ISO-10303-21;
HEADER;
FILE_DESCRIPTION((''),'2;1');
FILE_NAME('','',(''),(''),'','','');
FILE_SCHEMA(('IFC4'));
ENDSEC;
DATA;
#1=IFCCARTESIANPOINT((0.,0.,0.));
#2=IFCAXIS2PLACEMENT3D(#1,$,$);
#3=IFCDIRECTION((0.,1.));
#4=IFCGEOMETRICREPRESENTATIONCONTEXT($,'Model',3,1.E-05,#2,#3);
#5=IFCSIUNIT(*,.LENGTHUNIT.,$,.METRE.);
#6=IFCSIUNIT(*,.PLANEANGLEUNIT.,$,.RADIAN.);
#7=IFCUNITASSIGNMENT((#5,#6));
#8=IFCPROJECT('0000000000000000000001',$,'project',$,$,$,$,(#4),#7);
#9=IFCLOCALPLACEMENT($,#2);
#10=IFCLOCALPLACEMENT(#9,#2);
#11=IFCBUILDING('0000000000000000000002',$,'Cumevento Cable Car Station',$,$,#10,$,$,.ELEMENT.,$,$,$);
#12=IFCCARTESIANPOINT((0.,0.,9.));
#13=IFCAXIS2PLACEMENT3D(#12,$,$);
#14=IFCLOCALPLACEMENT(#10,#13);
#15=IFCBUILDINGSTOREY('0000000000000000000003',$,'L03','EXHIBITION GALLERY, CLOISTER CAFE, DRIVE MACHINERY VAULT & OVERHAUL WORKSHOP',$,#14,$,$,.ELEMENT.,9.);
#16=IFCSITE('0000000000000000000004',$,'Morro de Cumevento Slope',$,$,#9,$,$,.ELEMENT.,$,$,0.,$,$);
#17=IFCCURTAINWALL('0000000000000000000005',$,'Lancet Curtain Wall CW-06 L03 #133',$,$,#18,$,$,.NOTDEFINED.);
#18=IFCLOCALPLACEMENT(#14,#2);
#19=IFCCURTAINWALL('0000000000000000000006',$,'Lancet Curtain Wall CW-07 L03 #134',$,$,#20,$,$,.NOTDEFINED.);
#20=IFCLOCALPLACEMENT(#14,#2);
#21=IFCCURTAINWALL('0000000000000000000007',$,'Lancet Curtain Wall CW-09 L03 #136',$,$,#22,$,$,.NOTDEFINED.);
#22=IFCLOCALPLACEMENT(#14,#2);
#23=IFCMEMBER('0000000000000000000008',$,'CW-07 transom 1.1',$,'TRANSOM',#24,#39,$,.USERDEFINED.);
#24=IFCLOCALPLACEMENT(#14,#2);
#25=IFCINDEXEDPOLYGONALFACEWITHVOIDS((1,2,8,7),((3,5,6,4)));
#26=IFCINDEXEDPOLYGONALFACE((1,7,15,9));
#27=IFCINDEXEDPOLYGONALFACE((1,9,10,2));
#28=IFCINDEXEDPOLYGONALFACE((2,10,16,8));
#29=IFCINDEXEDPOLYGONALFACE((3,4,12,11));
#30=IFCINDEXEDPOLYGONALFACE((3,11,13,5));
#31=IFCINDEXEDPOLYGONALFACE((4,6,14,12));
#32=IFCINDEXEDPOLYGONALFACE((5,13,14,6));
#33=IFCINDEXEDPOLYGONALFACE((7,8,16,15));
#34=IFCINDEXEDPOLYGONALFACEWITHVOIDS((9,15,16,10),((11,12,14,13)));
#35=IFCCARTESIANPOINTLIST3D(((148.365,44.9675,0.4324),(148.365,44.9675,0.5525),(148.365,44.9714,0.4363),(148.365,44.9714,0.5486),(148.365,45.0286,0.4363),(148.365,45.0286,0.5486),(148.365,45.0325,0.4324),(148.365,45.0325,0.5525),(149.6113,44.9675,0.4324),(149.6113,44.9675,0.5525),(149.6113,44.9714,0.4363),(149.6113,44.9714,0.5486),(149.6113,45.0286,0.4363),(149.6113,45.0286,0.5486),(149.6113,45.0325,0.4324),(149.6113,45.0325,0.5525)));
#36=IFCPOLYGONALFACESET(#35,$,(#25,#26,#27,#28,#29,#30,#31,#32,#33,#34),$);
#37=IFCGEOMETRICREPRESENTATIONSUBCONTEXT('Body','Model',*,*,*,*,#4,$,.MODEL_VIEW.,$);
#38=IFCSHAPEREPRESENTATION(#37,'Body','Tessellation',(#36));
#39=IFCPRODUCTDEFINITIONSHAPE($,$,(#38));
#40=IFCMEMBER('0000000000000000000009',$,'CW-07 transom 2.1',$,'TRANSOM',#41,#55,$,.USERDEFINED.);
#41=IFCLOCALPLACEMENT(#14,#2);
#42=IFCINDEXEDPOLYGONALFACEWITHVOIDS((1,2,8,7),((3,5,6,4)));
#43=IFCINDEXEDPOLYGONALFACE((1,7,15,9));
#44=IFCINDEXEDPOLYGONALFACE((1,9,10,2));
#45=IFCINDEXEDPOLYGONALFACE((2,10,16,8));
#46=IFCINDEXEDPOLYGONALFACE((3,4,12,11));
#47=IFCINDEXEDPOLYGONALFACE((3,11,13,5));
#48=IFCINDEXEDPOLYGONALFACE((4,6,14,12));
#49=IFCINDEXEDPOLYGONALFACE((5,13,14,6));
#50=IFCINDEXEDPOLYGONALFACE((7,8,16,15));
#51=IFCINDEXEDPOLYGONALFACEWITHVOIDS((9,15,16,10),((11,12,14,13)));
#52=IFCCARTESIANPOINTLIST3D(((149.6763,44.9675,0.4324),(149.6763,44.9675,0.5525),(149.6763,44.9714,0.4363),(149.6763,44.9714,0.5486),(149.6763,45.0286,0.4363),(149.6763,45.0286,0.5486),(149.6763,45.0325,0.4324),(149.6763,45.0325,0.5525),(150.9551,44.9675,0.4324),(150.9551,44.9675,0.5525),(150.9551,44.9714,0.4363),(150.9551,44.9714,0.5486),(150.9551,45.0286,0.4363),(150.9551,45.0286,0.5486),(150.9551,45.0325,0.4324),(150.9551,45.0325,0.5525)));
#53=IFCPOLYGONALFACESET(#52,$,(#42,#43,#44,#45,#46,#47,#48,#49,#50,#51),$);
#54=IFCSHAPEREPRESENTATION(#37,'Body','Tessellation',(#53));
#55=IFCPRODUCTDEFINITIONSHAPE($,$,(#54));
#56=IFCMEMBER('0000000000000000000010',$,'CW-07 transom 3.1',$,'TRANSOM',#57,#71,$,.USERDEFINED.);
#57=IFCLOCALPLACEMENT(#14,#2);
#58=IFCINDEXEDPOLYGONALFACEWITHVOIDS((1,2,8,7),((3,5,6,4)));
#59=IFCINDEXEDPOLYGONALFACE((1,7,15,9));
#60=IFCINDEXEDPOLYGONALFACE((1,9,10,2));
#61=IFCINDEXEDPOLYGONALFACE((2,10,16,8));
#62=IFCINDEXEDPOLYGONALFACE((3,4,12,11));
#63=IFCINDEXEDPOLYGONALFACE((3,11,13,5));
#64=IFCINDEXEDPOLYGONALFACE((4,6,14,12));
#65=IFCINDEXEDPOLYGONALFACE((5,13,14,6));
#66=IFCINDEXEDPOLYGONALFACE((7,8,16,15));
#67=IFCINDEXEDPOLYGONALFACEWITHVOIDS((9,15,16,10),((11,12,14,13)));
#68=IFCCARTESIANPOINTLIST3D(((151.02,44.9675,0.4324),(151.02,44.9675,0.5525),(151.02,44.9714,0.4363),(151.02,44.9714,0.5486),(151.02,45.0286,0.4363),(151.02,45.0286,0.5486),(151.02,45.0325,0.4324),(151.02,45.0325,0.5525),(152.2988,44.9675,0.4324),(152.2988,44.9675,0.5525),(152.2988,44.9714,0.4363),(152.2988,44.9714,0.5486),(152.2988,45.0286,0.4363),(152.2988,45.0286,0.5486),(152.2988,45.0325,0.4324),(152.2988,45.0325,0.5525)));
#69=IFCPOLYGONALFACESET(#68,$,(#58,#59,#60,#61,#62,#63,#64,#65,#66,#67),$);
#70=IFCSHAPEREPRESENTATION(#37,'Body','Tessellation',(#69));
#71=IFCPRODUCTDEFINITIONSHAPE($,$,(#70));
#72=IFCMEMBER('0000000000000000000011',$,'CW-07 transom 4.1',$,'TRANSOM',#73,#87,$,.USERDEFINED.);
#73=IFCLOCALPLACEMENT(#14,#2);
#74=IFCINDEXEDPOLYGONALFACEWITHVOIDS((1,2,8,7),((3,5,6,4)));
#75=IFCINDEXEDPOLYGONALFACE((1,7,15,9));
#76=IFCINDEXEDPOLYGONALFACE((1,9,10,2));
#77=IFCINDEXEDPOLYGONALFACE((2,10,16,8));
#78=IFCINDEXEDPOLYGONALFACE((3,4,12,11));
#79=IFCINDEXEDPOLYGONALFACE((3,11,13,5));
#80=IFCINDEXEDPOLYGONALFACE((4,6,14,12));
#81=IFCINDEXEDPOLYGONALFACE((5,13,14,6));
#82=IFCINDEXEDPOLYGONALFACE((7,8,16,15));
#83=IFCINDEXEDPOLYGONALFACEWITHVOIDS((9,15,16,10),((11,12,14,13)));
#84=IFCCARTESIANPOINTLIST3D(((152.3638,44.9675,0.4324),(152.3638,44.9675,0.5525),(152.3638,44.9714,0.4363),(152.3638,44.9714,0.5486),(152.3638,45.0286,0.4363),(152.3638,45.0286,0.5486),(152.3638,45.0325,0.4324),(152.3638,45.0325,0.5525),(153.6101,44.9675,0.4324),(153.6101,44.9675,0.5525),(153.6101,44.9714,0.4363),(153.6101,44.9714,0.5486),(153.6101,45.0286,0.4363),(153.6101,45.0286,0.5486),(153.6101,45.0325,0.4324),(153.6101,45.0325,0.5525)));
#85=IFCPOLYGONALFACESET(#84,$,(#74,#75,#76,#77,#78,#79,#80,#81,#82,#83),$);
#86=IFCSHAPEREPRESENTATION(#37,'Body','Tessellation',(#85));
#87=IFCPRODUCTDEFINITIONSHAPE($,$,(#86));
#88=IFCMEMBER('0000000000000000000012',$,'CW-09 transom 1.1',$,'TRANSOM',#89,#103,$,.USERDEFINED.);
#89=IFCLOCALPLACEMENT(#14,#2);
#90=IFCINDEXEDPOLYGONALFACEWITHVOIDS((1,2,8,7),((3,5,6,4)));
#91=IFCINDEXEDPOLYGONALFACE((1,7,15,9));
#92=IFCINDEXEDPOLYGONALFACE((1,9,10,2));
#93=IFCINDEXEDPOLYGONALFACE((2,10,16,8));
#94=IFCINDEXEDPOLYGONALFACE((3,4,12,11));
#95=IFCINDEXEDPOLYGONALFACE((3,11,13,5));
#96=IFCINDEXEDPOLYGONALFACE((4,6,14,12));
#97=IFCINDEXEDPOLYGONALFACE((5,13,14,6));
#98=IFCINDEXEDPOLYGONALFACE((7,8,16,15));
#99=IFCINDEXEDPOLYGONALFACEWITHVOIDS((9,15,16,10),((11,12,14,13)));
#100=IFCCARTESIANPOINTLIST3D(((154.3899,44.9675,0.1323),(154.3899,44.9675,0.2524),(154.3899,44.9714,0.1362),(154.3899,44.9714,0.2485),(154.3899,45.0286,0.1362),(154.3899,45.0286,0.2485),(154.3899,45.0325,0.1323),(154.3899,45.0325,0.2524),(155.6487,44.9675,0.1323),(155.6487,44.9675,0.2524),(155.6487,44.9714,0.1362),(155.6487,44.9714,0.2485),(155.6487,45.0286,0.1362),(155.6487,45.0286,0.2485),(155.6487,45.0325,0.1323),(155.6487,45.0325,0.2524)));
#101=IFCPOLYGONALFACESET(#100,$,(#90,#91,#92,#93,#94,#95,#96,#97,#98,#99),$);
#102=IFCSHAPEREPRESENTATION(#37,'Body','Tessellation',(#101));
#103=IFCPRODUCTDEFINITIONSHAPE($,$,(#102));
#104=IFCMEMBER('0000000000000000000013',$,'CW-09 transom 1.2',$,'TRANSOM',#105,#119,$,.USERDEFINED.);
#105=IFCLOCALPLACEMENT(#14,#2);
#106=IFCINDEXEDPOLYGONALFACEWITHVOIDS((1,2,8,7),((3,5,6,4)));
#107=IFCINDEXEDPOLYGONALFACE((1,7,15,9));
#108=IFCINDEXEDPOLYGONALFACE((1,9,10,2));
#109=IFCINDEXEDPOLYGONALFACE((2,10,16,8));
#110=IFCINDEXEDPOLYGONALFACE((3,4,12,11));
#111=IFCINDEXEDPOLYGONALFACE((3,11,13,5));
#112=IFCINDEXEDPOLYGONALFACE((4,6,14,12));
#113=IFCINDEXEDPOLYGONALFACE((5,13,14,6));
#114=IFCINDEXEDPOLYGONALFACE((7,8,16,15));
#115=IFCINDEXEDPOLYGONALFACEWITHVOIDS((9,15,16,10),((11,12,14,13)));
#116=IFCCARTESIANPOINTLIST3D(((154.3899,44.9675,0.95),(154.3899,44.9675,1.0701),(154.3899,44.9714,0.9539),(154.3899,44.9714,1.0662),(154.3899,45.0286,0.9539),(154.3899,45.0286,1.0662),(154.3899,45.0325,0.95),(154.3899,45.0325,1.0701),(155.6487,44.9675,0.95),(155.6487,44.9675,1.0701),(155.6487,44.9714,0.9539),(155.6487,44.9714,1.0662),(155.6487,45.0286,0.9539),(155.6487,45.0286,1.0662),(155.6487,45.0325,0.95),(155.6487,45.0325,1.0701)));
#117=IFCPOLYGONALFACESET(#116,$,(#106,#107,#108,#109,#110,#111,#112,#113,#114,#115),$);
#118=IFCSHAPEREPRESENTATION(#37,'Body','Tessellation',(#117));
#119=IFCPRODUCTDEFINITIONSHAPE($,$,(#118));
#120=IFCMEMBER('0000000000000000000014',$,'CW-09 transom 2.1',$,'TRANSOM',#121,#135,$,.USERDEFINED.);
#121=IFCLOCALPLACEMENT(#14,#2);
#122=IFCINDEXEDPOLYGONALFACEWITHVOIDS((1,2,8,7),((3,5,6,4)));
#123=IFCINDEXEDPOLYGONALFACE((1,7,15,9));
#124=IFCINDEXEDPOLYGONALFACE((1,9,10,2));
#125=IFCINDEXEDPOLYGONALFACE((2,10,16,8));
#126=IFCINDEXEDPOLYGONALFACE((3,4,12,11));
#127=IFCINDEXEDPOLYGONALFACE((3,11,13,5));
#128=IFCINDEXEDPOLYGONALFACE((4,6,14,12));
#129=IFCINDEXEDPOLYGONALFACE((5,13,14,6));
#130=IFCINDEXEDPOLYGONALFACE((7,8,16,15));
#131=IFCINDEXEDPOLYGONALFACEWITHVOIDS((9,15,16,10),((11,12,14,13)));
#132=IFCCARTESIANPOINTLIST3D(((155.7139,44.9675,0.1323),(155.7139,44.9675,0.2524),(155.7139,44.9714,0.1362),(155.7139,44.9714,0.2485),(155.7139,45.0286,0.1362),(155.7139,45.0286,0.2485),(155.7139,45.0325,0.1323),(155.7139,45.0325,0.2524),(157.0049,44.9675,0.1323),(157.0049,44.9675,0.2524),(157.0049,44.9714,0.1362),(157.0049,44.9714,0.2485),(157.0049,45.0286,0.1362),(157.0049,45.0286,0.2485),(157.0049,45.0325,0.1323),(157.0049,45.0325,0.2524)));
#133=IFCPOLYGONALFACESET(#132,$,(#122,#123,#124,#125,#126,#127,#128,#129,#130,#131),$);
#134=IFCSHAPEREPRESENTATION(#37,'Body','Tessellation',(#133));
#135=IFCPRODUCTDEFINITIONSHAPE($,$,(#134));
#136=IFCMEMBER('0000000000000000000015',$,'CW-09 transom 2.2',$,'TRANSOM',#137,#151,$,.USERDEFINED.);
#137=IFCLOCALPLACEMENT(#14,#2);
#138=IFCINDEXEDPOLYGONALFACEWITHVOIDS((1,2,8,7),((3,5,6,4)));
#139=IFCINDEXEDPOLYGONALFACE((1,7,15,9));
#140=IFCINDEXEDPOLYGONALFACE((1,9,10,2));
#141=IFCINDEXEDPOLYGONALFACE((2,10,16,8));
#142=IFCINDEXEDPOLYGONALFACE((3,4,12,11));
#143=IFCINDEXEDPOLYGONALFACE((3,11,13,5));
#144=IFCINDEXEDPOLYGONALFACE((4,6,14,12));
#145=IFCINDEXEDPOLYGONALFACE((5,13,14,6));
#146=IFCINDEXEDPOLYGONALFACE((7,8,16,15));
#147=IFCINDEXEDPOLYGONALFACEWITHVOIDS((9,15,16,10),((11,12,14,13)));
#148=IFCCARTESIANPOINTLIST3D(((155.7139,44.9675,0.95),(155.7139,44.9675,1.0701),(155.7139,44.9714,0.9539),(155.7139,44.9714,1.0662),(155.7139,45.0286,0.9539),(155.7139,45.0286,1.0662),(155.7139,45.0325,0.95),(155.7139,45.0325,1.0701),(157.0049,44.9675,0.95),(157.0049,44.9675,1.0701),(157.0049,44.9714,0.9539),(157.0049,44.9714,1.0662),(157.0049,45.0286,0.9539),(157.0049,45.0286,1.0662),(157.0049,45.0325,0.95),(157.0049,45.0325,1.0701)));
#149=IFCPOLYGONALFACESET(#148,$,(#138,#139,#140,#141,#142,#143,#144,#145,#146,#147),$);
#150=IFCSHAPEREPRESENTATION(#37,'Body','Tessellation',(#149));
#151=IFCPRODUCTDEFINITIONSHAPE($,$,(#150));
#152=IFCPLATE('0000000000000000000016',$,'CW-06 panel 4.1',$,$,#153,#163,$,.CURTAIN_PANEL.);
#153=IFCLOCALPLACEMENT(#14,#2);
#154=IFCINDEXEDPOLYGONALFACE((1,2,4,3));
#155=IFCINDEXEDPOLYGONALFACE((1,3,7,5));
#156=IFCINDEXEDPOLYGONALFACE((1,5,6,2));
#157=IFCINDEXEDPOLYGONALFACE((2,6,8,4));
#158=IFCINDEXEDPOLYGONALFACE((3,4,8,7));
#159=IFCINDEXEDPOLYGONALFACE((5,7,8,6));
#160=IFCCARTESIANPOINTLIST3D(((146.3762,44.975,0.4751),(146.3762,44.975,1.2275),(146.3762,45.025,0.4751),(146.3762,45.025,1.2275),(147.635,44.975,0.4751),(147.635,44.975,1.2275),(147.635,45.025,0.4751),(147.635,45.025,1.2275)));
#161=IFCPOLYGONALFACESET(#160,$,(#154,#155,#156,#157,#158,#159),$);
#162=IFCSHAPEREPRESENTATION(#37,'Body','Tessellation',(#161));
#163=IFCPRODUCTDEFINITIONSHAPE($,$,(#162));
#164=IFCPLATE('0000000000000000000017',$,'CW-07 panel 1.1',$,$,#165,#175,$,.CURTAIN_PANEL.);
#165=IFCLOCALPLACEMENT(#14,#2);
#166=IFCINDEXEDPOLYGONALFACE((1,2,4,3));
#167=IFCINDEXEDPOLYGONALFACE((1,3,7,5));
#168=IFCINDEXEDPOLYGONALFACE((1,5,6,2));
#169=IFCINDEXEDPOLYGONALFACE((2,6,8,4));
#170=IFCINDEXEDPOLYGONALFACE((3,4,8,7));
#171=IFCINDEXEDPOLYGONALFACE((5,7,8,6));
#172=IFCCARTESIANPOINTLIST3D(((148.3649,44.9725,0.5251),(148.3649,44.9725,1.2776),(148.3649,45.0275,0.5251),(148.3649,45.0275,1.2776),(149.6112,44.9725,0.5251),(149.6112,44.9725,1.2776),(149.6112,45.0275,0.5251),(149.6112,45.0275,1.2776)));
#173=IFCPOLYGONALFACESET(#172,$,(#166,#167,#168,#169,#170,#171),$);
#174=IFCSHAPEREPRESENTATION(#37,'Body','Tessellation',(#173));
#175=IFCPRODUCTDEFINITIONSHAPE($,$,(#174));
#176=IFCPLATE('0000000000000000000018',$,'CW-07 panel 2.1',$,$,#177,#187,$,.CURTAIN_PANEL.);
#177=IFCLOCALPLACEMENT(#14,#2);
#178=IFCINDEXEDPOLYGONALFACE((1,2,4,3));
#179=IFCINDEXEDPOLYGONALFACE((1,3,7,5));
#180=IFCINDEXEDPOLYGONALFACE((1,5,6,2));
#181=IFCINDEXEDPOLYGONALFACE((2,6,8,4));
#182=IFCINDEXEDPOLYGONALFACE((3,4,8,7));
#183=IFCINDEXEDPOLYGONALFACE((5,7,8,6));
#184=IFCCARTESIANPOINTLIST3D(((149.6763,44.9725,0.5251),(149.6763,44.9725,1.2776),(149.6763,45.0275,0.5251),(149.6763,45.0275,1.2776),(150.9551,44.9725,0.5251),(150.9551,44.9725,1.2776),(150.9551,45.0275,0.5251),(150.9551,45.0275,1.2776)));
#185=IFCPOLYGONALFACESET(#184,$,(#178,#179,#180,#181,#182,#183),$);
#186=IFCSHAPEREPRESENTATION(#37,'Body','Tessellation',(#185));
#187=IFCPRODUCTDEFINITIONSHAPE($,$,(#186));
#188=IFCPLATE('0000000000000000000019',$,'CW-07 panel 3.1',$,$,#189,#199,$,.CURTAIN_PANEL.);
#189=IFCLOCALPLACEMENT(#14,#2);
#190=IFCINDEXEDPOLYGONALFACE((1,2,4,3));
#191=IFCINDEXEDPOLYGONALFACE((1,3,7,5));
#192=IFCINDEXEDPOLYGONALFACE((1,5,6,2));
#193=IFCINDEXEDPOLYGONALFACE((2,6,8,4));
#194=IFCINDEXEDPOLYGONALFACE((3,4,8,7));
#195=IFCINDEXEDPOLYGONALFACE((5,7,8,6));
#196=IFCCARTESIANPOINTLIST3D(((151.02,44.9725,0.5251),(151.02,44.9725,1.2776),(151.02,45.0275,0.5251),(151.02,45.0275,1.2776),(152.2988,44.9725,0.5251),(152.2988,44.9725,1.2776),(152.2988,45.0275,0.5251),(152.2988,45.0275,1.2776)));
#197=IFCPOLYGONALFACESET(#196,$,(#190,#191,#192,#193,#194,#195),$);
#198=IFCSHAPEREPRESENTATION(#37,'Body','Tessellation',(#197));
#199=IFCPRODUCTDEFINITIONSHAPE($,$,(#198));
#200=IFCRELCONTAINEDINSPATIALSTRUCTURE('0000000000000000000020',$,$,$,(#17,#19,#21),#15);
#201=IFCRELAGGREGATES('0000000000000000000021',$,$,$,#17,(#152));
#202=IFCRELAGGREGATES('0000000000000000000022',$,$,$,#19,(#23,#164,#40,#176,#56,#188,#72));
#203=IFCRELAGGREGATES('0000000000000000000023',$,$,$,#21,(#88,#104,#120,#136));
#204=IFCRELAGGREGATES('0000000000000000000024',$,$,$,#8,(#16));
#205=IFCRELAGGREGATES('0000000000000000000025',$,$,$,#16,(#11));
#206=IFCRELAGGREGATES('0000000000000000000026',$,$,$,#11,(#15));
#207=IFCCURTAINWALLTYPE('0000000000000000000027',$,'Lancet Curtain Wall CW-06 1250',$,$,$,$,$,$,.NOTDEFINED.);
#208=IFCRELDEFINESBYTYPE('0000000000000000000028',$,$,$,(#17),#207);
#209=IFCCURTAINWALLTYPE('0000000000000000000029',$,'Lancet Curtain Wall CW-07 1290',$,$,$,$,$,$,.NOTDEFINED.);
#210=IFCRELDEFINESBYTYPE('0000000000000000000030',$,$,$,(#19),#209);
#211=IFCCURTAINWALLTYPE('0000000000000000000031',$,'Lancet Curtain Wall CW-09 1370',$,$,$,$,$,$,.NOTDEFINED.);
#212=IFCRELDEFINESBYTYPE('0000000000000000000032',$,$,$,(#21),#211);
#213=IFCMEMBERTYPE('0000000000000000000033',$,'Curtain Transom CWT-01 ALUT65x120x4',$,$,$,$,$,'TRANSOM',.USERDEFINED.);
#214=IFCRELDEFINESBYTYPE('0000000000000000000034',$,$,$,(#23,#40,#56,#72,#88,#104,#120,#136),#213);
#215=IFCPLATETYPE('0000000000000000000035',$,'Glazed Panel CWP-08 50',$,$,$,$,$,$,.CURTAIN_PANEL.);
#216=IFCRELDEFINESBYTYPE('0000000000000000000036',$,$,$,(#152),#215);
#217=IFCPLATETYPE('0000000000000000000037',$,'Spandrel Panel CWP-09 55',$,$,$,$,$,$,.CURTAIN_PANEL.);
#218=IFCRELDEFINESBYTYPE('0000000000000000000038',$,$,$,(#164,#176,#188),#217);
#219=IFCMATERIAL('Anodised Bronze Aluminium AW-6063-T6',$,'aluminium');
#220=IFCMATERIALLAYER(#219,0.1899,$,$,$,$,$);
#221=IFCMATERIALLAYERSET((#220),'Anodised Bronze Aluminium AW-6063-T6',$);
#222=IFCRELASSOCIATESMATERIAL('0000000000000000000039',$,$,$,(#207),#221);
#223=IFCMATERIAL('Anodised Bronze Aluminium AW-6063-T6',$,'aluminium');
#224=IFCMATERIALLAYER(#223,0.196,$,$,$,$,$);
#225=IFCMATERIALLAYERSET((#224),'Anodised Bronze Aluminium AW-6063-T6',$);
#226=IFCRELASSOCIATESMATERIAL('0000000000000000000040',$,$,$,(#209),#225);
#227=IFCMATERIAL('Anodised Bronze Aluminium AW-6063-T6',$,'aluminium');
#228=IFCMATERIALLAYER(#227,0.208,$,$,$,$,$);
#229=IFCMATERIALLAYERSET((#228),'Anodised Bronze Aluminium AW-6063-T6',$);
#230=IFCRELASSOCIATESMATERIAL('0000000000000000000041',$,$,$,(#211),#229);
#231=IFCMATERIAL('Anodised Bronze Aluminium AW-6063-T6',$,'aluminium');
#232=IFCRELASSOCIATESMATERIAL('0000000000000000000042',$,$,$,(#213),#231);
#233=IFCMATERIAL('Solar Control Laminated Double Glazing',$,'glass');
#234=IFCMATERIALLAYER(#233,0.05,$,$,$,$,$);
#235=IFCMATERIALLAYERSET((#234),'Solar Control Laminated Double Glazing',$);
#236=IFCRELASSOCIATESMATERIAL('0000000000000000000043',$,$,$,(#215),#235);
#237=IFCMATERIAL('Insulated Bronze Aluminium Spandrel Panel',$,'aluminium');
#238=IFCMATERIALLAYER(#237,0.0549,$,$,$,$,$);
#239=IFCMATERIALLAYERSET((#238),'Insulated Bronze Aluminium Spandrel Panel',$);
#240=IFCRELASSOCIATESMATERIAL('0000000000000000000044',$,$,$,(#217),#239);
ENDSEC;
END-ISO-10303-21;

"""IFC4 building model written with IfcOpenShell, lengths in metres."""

from ifc_helpers import new_model, si_unit, direction, frame, origin, origin_2d, place, context, subcontext, project, spatial, rectangle, hollow_rectangle, extrude, material, layer, layer_set, material_profile, profile_set, type_object, element, aggregate, save


model = new_model("IFC4")

# Units and contexts
model_context = context("Model", 3, precision=1e-05, world=origin(), true_north=direction((0.0, 1.0)))
body_context = subcontext(model_context, "Body", "Model", "MODEL_VIEW")
ifc_project = project(units=[si_unit("LENGTHUNIT", "METRE"), si_unit("PLANEANGLEUNIT", "RADIAN")], contexts=[model_context])

# Site, building, storey
site_placement = place(None, origin())
site = spatial("IfcSite", under=ifc_project, at=site_placement, Name="Morro de Cumevento Slope", CompositionType="ELEMENT", RefElevation=0.0)
building_placement = place(site_placement, origin())
building = spatial("IfcBuilding", under=site, at=building_placement, Name="Cumevento Cable Car Station", CompositionType="ELEMENT")
storey_placement = place(building_placement, frame((0.0, 0.0, 9.0)))
storey = spatial("IfcBuildingStorey", under=building, at=storey_placement, Name="L03", Description="EXHIBITION GALLERY, CLOISTER CAFE, DRIVE MACHINERY VAULT & OVERHAUL WORKSHOP", CompositionType="ELEMENT", Elevation=9.0)

# Curtain wall
ifc_material_1 = material(Name="Anodised Bronze Aluminium AW-6063-T6", Category="aluminium")
ifc_layer_1 = layer(ifc_material_1, 0.1899)
ifc_layer_set_1 = layer_set([ifc_layer_1], Name="Anodised Bronze Aluminium AW-6063-T6")
curtain_wall_type_1 = type_object("IfcCurtainWallType", Name="Lancet Curtain Wall CW-06 1250", PredefinedType="NOTDEFINED", material=ifc_layer_set_1)
curtain_wall_1_placement = place(storey_placement, origin())
curtain_wall_1 = element("IfcCurtainWall", 1, at=curtain_wall_1_placement, inside=storey, type_object=curtain_wall_type_1, Name="Lancet Curtain Wall CW-06 L03 #133", PredefinedType="NOTDEFINED")

# Curtain walls
ifc_material_2 = material(Name="Anodised Bronze Aluminium AW-6063-T6", Category="aluminium")
ifc_layer_2 = layer(ifc_material_2, 0.196)
ifc_layer_set_2 = layer_set([ifc_layer_2], Name="Anodised Bronze Aluminium AW-6063-T6")
curtain_wall_type_2 = type_object("IfcCurtainWallType", Name="Lancet Curtain Wall CW-07 1290", PredefinedType="NOTDEFINED", material=ifc_layer_set_2)
curtain_wall_2_placement = place(storey_placement, origin())
curtain_wall_2 = element("IfcCurtainWall", 2, at=curtain_wall_2_placement, inside=storey, type_object=curtain_wall_type_2, Name="Lancet Curtain Wall CW-07 L03 #134", PredefinedType="NOTDEFINED")
ifc_material_3 = material(Name="Anodised Bronze Aluminium AW-6063-T6", Category="aluminium")
ifc_layer_3 = layer(ifc_material_3, 0.208)
ifc_layer_set_3 = layer_set([ifc_layer_3], Name="Anodised Bronze Aluminium AW-6063-T6")
curtain_wall_type_3 = type_object("IfcCurtainWallType", Name="Lancet Curtain Wall CW-09 1370", PredefinedType="NOTDEFINED", material=ifc_layer_set_3)
curtain_wall_3_placement = place(storey_placement, origin())
curtain_wall_3 = element("IfcCurtainWall", 3, at=curtain_wall_3_placement, inside=storey, type_object=curtain_wall_type_3, Name="Lancet Curtain Wall CW-09 L03 #136", PredefinedType="NOTDEFINED")

# Members
ifc_material_4 = material(Name="Anodised Bronze Aluminium AW-6063-T6", Category="aluminium")
ifc_material_profile_1 = material_profile(ifc_material_4, hollow_rectangle(XDim=0.0649, YDim=0.1201, WallThickness=0.0039, at=origin_2d()), Name="ALUT65x120x4")
ifc_profile_set_1 = profile_set([ifc_material_profile_1], Name="Anodised Bronze Aluminium AW-6063-T6")
member_type_1 = type_object("IfcMemberType", Name="Curtain Transom CWT-01 ALUT65x120x4", ElementType="TRANSOM", PredefinedType="USERDEFINED", material=ifc_profile_set_1)
member_1_placement = place(storey_placement, frame((148.365, 45.0, 0.4924), z_axis=(1.0, 0.0, 0.0), x_axis=(0.0, 1.0, 0.0)))
member_1 = element("IfcMember", 4, at=member_1_placement, type_object=member_type_1, Name="CW-07 transom 1.1", ObjectType="TRANSOM", PredefinedType="USERDEFINED", context=body_context, shape_type="SweptSolid", body=[
    extrude(hollow_rectangle(XDim=0.0649, YDim=0.1201, WallThickness=0.0039, at=origin_2d()), origin(), (0.0, 0.0, 1.0), 1.2463),
])
member_2_placement = place(storey_placement, frame((149.6763, 45.0, 0.4924), z_axis=(1.0, 0.0, 0.0), x_axis=(0.0, 1.0, 0.0)))
member_2 = element("IfcMember", 5, at=member_2_placement, type_object=member_type_1, Name="CW-07 transom 2.1", ObjectType="TRANSOM", PredefinedType="USERDEFINED", context=body_context, shape_type="SweptSolid", body=[
    extrude(hollow_rectangle(XDim=0.0649, YDim=0.1201, WallThickness=0.0039, at=origin_2d()), origin(), (0.0, 0.0, 1.0), 1.2788),
])
member_3_placement = place(storey_placement, frame((151.02, 45.0, 0.4924), z_axis=(1.0, 0.0, 0.0), x_axis=(0.0, 1.0, 0.0)))
member_3 = element("IfcMember", 6, at=member_3_placement, type_object=member_type_1, Name="CW-07 transom 3.1", ObjectType="TRANSOM", PredefinedType="USERDEFINED", context=body_context, shape_type="SweptSolid", body=[
    extrude(hollow_rectangle(XDim=0.0649, YDim=0.1201, WallThickness=0.0039, at=origin_2d()), origin(), (0.0, 0.0, 1.0), 1.2788),
])
member_4_placement = place(storey_placement, frame((152.3638, 45.0, 0.4924), z_axis=(1.0, 0.0, 0.0), x_axis=(0.0, 1.0, 0.0)))
member_4 = element("IfcMember", 7, at=member_4_placement, type_object=member_type_1, Name="CW-07 transom 4.1", ObjectType="TRANSOM", PredefinedType="USERDEFINED", context=body_context, shape_type="SweptSolid", body=[
    extrude(hollow_rectangle(XDim=0.0649, YDim=0.1201, WallThickness=0.0039, at=origin_2d()), origin(), (0.0, 0.0, 1.0), 1.2463),
])
member_5_placement = place(storey_placement, frame((154.3899, 45.0, 0.1924), z_axis=(1.0, 0.0, 0.0), x_axis=(0.0, 1.0, 0.0)))
member_5 = element("IfcMember", 8, at=member_5_placement, type_object=member_type_1, Name="CW-09 transom 1.1", ObjectType="TRANSOM", PredefinedType="USERDEFINED", context=body_context, shape_type="SweptSolid", body=[
    extrude(hollow_rectangle(XDim=0.0649, YDim=0.1201, WallThickness=0.0039, at=origin_2d()), origin(), (0.0, 0.0, 1.0), 1.2588),
])
member_6_placement = place(storey_placement, frame((154.3899, 45.0, 1.01), z_axis=(1.0, 0.0, 0.0), x_axis=(0.0, 1.0, 0.0)))
member_6 = element("IfcMember", 9, at=member_6_placement, type_object=member_type_1, Name="CW-09 transom 1.2", ObjectType="TRANSOM", PredefinedType="USERDEFINED", context=body_context, shape_type="SweptSolid", body=[
    extrude(hollow_rectangle(XDim=0.0649, YDim=0.1201, WallThickness=0.0039, at=origin_2d()), origin(), (0.0, 0.0, 1.0), 1.2588),
])
member_7_placement = place(storey_placement, frame((155.7139, 45.0, 0.1924), z_axis=(1.0, 0.0, 0.0), x_axis=(0.0, 1.0, 0.0)))
member_7 = element("IfcMember", 10, at=member_7_placement, type_object=member_type_1, Name="CW-09 transom 2.1", ObjectType="TRANSOM", PredefinedType="USERDEFINED", context=body_context, shape_type="SweptSolid", body=[
    extrude(hollow_rectangle(XDim=0.0649, YDim=0.1201, WallThickness=0.0039, at=origin_2d()), origin(), (0.0, 0.0, 1.0), 1.291),
])
member_8_placement = place(storey_placement, frame((155.7139, 45.0, 1.01), z_axis=(1.0, 0.0, 0.0), x_axis=(0.0, 1.0, 0.0)))
member_8 = element("IfcMember", 11, at=member_8_placement, type_object=member_type_1, Name="CW-09 transom 2.2", ObjectType="TRANSOM", PredefinedType="USERDEFINED", context=body_context, shape_type="SweptSolid", body=[
    extrude(hollow_rectangle(XDim=0.0649, YDim=0.1201, WallThickness=0.0039, at=origin_2d()), origin(), (0.0, 0.0, 1.0), 1.291),
])

# Plates
ifc_material_5 = material(Name="Solar Control Laminated Double Glazing", Category="glass")
ifc_layer_4 = layer(ifc_material_5, 0.05)
ifc_layer_set_4 = layer_set([ifc_layer_4], Name="Solar Control Laminated Double Glazing")
plate_type_1 = type_object("IfcPlateType", Name="Glazed Panel CWP-08 50", PredefinedType="CURTAIN_PANEL", material=ifc_layer_set_4)
plate_1_placement = place(storey_placement, frame((147.0056, 45.0, 0.4751), z_axis=(0.0, 0.0, 1.0), x_axis=(1.0, 0.0, 0.0)))
plate_1 = element("IfcPlate", 12, at=plate_1_placement, type_object=plate_type_1, Name="CW-06 panel 4.1", PredefinedType="CURTAIN_PANEL", context=body_context, shape_type="SweptSolid", body=[
    extrude(rectangle(XDim=1.2588, YDim=0.05, at=origin_2d()), origin(), (0.0, 0.0, 1.0), 0.7524),
])
aggregate(curtain_wall_1, [plate_1])
ifc_material_6 = material(Name="Insulated Bronze Aluminium Spandrel Panel", Category="aluminium")
ifc_layer_5 = layer(ifc_material_6, 0.0549)
ifc_layer_set_5 = layer_set([ifc_layer_5], Name="Insulated Bronze Aluminium Spandrel Panel")
plate_type_2 = type_object("IfcPlateType", Name="Spandrel Panel CWP-09 55", PredefinedType="CURTAIN_PANEL", material=ifc_layer_set_5)
plate_2_placement = place(storey_placement, frame((148.988, 45.0, 0.5251), z_axis=(0.0, 0.0, 1.0), x_axis=(1.0, 0.0, 0.0)))
plate_2 = element("IfcPlate", 13, at=plate_2_placement, type_object=plate_type_2, Name="CW-07 panel 1.1", PredefinedType="CURTAIN_PANEL", context=body_context, shape_type="SweptSolid", body=[
    extrude(rectangle(XDim=1.2463, YDim=0.0549, at=origin_2d()), origin(), (0.0, 0.0, 1.0), 0.7524),
])
plate_3_placement = place(storey_placement, frame((150.3157, 45.0, 0.5251), z_axis=(0.0, 0.0, 1.0), x_axis=(1.0, 0.0, 0.0)))
plate_3 = element("IfcPlate", 14, at=plate_3_placement, type_object=plate_type_2, Name="CW-07 panel 2.1", PredefinedType="CURTAIN_PANEL", context=body_context, shape_type="SweptSolid", body=[
    extrude(rectangle(XDim=1.2788, YDim=0.0549, at=origin_2d()), origin(), (0.0, 0.0, 1.0), 0.7524),
])
plate_4_placement = place(storey_placement, frame((151.6594, 45.0, 0.5251), z_axis=(0.0, 0.0, 1.0), x_axis=(1.0, 0.0, 0.0)))
plate_4 = element("IfcPlate", 15, at=plate_4_placement, type_object=plate_type_2, Name="CW-07 panel 3.1", PredefinedType="CURTAIN_PANEL", context=body_context, shape_type="SweptSolid", body=[
    extrude(rectangle(XDim=1.2788, YDim=0.0549, at=origin_2d()), origin(), (0.0, 0.0, 1.0), 0.7524),
])
aggregate(curtain_wall_2, [member_1, plate_2, member_2, plate_3, member_3, plate_4, member_4])
aggregate(curtain_wall_3, [member_5, member_6, member_7, member_8])

save(model, "model.ifc")
